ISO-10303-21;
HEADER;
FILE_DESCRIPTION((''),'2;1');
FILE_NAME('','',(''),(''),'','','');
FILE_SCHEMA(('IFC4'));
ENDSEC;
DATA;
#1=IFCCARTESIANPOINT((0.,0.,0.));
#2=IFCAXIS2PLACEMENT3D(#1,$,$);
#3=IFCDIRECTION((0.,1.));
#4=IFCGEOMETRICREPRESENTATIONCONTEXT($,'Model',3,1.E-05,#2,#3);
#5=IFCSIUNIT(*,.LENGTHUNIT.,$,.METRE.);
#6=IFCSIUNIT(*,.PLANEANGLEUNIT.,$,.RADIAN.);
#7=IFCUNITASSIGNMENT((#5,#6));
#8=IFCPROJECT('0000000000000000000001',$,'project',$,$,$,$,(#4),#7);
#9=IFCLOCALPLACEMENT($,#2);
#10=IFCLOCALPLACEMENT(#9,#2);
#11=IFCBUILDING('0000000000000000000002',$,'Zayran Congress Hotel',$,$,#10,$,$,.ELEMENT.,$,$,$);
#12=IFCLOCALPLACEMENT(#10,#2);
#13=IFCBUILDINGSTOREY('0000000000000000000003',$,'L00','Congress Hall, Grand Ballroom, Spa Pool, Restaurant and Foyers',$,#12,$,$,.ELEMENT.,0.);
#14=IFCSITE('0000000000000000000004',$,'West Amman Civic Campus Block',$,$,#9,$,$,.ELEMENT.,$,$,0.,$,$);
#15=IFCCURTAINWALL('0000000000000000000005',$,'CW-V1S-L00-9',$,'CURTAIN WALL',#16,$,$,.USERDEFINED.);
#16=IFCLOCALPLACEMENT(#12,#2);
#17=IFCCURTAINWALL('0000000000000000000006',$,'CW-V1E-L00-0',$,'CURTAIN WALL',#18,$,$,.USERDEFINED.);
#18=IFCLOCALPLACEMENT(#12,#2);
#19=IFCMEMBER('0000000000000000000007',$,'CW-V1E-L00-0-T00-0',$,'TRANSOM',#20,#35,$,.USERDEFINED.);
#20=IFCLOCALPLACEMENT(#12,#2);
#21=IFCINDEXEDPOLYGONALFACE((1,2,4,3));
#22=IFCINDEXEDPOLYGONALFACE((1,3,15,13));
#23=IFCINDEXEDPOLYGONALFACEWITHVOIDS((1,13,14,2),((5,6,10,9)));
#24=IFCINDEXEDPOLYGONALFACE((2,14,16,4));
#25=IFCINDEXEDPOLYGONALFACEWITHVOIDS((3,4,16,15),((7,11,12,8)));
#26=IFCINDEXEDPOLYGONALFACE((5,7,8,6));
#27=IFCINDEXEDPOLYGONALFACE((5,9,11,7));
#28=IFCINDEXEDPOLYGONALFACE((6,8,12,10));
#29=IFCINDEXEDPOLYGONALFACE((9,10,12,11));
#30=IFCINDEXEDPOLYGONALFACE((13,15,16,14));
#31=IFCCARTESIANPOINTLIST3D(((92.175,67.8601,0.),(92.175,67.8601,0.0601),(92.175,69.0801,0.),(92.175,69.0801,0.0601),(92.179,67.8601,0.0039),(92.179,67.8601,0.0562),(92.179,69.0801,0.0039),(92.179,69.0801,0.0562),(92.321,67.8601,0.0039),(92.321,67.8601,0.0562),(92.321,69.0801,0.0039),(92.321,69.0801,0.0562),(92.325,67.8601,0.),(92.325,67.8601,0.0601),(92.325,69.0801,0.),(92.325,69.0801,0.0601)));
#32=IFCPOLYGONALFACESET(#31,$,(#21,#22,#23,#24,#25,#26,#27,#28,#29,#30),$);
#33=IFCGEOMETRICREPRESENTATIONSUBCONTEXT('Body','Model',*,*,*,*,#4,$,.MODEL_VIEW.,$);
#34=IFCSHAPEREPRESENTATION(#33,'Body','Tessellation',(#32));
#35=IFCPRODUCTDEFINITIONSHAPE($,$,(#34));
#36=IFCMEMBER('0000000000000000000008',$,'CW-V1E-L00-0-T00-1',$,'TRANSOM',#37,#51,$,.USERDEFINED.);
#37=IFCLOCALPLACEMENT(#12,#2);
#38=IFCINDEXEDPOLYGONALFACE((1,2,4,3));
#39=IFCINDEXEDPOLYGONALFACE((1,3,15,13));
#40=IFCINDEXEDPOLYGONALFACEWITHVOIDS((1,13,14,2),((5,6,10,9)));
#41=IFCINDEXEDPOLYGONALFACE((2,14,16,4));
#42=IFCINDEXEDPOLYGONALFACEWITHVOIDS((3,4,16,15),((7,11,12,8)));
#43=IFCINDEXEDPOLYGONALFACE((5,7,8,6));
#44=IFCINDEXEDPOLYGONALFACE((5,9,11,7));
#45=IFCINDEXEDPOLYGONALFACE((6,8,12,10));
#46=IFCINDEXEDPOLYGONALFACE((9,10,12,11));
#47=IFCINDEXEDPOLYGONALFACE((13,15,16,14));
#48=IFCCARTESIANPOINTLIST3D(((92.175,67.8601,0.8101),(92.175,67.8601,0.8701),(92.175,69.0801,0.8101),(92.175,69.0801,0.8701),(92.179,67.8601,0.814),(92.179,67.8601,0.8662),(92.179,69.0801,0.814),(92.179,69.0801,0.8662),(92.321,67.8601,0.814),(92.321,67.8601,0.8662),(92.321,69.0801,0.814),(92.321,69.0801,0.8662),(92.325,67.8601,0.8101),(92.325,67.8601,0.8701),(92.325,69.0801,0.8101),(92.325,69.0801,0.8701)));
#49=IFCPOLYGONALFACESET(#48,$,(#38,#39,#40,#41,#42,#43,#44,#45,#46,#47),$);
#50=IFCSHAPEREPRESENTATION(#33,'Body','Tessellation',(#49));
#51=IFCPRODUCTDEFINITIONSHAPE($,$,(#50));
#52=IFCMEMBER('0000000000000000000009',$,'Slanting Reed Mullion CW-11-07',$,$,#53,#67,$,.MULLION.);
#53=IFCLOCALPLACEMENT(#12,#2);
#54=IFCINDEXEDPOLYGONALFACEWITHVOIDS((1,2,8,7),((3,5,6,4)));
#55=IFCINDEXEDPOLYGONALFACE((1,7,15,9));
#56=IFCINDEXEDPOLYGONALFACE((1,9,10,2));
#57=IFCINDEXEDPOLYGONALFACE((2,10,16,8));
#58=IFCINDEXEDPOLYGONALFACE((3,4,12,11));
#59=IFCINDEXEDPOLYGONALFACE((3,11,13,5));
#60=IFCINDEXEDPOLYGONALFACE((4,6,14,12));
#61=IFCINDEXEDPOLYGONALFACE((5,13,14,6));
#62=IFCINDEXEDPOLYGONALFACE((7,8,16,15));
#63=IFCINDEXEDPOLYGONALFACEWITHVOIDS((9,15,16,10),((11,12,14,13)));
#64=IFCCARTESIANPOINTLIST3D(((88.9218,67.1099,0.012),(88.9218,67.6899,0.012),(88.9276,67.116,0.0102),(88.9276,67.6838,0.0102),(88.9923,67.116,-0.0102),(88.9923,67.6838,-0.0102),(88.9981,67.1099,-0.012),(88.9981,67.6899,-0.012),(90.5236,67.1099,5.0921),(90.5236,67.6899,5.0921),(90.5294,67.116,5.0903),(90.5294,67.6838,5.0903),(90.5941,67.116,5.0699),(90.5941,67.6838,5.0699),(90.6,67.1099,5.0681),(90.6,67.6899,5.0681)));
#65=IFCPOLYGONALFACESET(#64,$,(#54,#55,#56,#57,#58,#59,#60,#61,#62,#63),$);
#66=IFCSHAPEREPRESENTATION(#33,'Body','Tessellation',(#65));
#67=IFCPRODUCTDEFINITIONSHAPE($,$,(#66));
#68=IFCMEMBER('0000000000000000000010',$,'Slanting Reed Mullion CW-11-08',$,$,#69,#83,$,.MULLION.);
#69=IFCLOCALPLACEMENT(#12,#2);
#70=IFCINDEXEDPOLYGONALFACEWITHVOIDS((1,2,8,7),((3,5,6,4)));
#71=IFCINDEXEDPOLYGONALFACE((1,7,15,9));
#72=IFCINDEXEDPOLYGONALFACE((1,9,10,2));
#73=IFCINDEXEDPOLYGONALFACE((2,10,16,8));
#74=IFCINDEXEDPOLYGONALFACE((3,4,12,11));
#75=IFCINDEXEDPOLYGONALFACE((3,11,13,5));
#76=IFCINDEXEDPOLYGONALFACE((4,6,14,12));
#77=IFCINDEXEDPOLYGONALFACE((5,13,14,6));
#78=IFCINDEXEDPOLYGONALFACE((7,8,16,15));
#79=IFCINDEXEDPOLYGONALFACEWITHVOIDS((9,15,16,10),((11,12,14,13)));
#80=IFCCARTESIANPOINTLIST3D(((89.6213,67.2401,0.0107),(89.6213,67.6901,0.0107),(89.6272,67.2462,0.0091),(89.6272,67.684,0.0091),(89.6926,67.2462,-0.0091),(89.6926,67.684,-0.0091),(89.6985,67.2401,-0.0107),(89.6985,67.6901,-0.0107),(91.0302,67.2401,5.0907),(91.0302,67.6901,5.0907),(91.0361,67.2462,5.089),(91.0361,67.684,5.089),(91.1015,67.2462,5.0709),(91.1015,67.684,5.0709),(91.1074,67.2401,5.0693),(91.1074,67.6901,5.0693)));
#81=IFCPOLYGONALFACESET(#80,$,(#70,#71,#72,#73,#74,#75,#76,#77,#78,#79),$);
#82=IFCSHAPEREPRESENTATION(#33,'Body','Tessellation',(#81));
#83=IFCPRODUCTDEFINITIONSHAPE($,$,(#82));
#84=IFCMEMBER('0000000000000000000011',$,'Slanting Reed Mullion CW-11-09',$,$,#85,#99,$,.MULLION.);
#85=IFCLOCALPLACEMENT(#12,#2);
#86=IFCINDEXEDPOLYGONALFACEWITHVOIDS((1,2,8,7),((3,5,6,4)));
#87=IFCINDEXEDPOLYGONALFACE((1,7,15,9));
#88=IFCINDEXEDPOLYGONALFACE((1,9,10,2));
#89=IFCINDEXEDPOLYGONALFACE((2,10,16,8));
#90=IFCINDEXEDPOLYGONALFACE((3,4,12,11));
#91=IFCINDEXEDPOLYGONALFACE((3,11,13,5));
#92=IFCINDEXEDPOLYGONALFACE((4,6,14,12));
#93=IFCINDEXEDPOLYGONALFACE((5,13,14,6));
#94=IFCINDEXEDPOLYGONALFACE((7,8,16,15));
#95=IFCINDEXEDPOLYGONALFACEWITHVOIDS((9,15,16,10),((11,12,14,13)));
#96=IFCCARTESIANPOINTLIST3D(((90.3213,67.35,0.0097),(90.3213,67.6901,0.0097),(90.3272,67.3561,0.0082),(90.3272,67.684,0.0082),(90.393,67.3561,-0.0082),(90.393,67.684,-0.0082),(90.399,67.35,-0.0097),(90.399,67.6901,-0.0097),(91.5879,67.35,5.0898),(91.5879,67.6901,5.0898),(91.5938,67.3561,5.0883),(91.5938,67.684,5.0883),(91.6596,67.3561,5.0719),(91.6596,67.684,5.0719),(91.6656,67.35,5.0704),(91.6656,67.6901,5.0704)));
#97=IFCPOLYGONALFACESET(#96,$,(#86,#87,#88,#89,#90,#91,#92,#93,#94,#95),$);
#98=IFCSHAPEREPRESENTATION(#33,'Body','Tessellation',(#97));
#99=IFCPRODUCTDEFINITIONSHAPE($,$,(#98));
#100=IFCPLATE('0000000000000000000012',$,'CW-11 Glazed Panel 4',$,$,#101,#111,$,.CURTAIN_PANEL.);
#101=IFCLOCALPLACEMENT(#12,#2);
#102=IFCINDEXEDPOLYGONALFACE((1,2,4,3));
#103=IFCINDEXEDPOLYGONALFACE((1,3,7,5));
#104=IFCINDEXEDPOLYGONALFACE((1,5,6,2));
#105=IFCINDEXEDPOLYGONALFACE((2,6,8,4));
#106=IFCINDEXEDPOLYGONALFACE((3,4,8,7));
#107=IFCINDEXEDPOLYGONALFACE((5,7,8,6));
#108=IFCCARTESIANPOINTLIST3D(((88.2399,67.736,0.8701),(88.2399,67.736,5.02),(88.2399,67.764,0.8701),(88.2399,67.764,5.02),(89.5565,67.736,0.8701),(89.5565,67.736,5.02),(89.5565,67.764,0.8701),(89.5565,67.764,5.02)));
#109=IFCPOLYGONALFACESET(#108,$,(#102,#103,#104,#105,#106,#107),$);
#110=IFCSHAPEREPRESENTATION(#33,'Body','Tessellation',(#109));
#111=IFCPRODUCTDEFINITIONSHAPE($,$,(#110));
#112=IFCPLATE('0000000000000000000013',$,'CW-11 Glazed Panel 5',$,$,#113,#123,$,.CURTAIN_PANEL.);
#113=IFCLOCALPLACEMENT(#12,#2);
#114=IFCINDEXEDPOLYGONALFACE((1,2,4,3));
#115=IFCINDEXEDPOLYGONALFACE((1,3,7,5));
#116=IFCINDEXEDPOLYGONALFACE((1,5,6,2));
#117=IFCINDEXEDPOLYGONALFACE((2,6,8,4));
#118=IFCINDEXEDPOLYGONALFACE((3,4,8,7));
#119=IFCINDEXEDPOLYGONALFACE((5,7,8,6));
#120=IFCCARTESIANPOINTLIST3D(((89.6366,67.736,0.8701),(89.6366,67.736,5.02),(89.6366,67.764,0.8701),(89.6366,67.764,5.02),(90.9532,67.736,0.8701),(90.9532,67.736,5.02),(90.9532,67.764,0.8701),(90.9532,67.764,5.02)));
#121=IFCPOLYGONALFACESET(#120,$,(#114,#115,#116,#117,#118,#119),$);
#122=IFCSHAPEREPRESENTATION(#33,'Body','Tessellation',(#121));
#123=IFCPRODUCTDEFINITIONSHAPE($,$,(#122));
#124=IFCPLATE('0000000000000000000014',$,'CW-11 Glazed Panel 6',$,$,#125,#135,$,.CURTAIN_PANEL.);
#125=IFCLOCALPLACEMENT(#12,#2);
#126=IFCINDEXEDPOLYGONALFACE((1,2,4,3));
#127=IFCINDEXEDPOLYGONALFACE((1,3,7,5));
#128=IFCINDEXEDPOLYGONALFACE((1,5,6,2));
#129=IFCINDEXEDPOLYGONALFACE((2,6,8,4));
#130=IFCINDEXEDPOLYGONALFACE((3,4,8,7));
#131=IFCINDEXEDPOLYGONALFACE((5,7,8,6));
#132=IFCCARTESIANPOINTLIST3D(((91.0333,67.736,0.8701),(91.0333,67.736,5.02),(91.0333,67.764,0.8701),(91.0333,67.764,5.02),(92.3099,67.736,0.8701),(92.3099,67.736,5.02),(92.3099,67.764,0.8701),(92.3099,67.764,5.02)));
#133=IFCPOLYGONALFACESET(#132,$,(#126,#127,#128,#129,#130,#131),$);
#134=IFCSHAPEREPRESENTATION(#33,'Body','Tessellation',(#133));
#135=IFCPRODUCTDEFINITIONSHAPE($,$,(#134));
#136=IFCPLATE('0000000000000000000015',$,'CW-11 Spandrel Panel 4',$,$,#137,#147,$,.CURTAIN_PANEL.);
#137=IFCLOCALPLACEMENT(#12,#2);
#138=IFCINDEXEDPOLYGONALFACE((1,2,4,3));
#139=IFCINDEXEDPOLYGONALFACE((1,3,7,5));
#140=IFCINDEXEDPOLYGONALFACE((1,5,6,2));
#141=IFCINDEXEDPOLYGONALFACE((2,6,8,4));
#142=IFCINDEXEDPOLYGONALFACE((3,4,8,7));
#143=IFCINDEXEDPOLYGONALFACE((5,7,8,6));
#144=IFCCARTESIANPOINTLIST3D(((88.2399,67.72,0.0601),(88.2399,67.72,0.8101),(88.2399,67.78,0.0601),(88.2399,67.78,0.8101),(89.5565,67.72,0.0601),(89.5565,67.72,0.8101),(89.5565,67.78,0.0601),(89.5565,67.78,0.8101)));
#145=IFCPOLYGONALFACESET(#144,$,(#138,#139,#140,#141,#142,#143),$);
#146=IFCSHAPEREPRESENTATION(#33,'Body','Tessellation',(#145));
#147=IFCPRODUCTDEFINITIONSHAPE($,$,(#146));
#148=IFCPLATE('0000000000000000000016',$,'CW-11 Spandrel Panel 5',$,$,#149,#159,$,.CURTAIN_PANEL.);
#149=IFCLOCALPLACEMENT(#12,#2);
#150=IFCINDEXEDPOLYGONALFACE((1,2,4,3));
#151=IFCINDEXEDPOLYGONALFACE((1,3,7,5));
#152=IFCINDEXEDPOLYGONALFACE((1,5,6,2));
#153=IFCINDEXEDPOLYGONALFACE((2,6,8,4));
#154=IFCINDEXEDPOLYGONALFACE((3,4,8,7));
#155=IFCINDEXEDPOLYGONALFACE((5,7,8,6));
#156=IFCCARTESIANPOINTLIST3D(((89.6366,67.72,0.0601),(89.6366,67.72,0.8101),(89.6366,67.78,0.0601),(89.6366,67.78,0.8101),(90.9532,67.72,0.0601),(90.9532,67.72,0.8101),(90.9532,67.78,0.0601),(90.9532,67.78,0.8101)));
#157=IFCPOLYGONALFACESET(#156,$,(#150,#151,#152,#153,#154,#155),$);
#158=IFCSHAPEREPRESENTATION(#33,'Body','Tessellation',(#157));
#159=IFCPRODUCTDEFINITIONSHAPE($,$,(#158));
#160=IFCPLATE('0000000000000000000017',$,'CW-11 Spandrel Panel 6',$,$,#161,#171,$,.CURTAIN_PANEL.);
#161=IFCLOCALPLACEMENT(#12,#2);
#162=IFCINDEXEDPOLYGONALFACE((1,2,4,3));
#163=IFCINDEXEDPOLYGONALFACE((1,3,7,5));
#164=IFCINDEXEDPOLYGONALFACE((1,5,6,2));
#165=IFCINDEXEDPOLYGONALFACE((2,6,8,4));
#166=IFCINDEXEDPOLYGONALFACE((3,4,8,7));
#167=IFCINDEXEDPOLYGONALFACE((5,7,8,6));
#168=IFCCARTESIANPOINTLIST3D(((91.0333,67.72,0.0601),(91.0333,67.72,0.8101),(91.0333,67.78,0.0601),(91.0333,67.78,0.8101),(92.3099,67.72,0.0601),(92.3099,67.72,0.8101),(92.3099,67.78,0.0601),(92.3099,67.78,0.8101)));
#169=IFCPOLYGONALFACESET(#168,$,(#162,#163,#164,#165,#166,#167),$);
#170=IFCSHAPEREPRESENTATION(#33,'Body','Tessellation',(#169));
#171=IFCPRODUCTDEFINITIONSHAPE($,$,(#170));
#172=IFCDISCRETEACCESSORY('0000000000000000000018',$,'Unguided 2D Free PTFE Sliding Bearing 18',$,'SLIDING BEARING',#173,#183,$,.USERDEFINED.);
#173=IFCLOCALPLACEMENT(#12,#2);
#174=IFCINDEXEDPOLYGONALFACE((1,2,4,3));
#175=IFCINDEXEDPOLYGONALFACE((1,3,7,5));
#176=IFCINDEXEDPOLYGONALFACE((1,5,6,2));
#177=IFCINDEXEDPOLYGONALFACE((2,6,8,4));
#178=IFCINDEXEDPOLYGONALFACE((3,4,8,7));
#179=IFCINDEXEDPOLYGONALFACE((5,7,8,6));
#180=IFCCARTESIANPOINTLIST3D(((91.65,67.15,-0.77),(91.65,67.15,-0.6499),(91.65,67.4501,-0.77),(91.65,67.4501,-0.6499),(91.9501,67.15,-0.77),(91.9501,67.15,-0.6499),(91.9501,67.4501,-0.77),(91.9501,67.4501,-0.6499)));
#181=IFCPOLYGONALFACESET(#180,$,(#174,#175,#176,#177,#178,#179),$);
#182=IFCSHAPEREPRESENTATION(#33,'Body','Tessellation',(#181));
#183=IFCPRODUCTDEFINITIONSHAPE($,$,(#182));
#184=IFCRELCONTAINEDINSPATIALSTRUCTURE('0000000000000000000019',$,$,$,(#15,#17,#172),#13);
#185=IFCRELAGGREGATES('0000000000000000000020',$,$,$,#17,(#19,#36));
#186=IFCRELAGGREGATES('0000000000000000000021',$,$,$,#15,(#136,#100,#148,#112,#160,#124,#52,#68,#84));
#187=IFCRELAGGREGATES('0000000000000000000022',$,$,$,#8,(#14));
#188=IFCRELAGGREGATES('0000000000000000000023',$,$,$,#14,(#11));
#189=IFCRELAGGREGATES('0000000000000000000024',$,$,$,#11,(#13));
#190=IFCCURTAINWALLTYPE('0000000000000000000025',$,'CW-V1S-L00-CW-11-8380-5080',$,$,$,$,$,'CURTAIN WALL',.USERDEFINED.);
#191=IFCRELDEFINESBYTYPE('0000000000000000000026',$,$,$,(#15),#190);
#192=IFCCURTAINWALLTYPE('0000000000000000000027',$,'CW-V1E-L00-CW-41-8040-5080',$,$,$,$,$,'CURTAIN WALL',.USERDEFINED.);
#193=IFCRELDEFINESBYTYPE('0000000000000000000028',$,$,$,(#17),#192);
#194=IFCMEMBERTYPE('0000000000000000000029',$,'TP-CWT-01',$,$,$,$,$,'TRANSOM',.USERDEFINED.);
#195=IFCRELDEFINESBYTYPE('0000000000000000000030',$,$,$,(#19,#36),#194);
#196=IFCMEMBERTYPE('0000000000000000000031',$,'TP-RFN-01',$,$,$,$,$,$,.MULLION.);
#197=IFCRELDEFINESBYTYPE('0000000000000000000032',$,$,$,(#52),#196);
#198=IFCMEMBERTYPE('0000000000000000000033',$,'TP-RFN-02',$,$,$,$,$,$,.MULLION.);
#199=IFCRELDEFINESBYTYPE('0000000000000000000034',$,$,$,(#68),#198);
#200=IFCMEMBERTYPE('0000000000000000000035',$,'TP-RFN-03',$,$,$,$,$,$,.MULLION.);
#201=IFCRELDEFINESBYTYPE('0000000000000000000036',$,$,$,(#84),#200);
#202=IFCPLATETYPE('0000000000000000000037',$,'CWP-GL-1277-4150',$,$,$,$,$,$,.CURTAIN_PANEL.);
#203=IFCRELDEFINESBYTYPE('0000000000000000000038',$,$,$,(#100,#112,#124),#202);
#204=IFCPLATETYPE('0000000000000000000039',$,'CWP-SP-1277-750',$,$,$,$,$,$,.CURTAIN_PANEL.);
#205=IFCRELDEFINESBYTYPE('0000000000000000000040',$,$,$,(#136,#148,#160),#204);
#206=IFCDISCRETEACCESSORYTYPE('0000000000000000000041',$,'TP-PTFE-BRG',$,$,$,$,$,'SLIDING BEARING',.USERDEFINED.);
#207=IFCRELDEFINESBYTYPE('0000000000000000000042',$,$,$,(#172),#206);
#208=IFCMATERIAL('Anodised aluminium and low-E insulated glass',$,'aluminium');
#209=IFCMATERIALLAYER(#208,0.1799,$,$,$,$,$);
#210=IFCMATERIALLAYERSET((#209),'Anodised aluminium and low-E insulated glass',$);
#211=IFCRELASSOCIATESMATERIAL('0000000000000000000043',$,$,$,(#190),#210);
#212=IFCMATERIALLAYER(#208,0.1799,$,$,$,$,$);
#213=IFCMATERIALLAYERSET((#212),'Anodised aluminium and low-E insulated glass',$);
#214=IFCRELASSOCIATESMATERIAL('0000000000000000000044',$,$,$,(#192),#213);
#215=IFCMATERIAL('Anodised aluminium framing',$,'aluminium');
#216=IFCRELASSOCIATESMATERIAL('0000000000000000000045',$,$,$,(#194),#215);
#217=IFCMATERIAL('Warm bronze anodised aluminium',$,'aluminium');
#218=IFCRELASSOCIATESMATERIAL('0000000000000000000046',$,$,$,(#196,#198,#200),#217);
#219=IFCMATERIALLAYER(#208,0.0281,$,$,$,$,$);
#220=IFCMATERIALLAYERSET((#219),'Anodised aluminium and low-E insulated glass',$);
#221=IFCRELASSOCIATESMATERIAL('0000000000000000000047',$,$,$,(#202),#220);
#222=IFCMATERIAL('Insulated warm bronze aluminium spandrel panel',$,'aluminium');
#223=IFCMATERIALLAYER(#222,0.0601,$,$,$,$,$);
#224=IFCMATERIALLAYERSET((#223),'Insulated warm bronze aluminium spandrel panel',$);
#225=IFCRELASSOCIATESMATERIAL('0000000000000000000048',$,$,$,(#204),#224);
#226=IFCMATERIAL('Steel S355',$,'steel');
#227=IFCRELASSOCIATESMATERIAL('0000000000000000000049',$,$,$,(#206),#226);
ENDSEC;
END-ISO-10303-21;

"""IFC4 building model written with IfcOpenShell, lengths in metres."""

from ifc_helpers import new_model, si_unit, direction, frame, origin, origin_2d, place, context, subcontext, project, spatial, rectangle, hollow_rectangle, extrude, material, layer, layer_set, material_profile, profile_set, type_object, element, aggregate, save


model = new_model("IFC4")

# Units and contexts
model_context = context("Model", 3, precision=1e-05, world=origin(), true_north=direction((0.0, 1.0)))
body_context = subcontext(model_context, "Body", "Model", "MODEL_VIEW")
ifc_project = project(units=[si_unit("LENGTHUNIT", "METRE"), si_unit("PLANEANGLEUNIT", "RADIAN")], contexts=[model_context])

# Site, building, storey
site_placement = place(None, origin())
site = spatial("IfcSite", under=ifc_project, at=site_placement, Name="West Amman Civic Campus Block", CompositionType="ELEMENT", RefElevation=0.0)
building_placement = place(site_placement, origin())
building = spatial("IfcBuilding", under=site, at=building_placement, Name="Zayran Congress Hotel", CompositionType="ELEMENT")
storey_placement = place(building_placement, origin())
storey = spatial("IfcBuildingStorey", under=building, at=storey_placement, Name="L00", Description="Congress Hall, Grand Ballroom, Spa Pool, Restaurant and Foyers", CompositionType="ELEMENT", Elevation=0.0)

# Curtain wall
ifc_material_1 = material(Name="Anodised aluminium and low-E insulated glass", Category="aluminium")
ifc_layer_1 = layer(ifc_material_1, 0.1799)
ifc_layer_set_1 = layer_set([ifc_layer_1], Name="Anodised aluminium and low-E insulated glass")
curtain_wall_type_1 = type_object("IfcCurtainWallType", Name="CW-V1S-L00-CW-11-8380-5080", ElementType="CURTAIN WALL", PredefinedType="USERDEFINED", material=ifc_layer_set_1)
curtain_wall_1_placement = place(storey_placement, origin())
curtain_wall_1 = element("IfcCurtainWall", 1, at=curtain_wall_1_placement, inside=storey, type_object=curtain_wall_type_1, Name="CW-V1S-L00-9", ObjectType="CURTAIN WALL", PredefinedType="USERDEFINED")
ifc_material_2 = material(Name="Anodised aluminium framing", Category="aluminium")

# Curtain wall
ifc_layer_2 = layer(ifc_material_1, 0.1799)
ifc_layer_set_2 = layer_set([ifc_layer_2], Name="Anodised aluminium and low-E insulated glass")
curtain_wall_type_2 = type_object("IfcCurtainWallType", Name="CW-V1E-L00-CW-41-8040-5080", ElementType="CURTAIN WALL", PredefinedType="USERDEFINED", material=ifc_layer_set_2)
curtain_wall_2_placement = place(storey_placement, origin())
curtain_wall_2 = element("IfcCurtainWall", 2, at=curtain_wall_2_placement, inside=storey, type_object=curtain_wall_type_2, Name="CW-V1E-L00-0", ObjectType="CURTAIN WALL", PredefinedType="USERDEFINED")

# Members
ifc_material_profile_1 = material_profile(ifc_material_2, hollow_rectangle(XDim=0.0601, YDim=0.1499, WallThickness=0.0039, at=origin_2d()), Name="RHS 150x60x4")
ifc_profile_set_1 = profile_set([ifc_material_profile_1], Name="Anodised aluminium framing")
member_type_1 = type_object("IfcMemberType", Name="TP-CWT-01", ElementType="TRANSOM", PredefinedType="USERDEFINED", material=ifc_profile_set_1)
member_1_placement = place(storey_placement, frame((92.25, 67.8601, 0.03), z_axis=(0.0, 1.0, 0.0), x_axis=(0.0, 0.0, 1.0)))
member_1 = element("IfcMember", 3, at=member_1_placement, type_object=member_type_1, Name="CW-V1E-L00-0-T00-0", ObjectType="TRANSOM", PredefinedType="USERDEFINED", context=body_context, shape_type="SweptSolid", body=[
    extrude(hollow_rectangle(XDim=0.0601, YDim=0.1499, WallThickness=0.0039, at=origin_2d()), origin(), (0.0, 0.0, 1.0), 1.22),
])
member_2_placement = place(storey_placement, frame((92.25, 67.8601, 0.8401), z_axis=(0.0, 1.0, 0.0), x_axis=(0.0, 0.0, 1.0)))
member_2 = element("IfcMember", 4, at=member_2_placement, type_object=member_type_1, Name="CW-V1E-L00-0-T00-1", ObjectType="TRANSOM", PredefinedType="USERDEFINED", context=body_context, shape_type="SweptSolid", body=[
    extrude(hollow_rectangle(XDim=0.0601, YDim=0.1499, WallThickness=0.0039, at=origin_2d()), origin(), (0.0, 0.0, 1.0), 1.22),
])
aggregate(curtain_wall_2, [member_1, member_2])
ifc_material_3 = material(Name="Warm bronze anodised aluminium", Category="aluminium")
ifc_material_profile_2 = material_profile(ifc_material_3, hollow_rectangle(XDim=0.0801, YDim=0.5801, WallThickness=0.0061, at=origin_2d()), Name="RHS 580x80x6")
ifc_profile_set_2 = profile_set([ifc_material_profile_2], Name="Warm bronze anodised aluminium")
member_type_2 = type_object("IfcMemberType", Name="TP-RFN-01", PredefinedType="MULLION", material=ifc_profile_set_2)
member_3_placement = place(storey_placement, frame((88.96, 67.3999, 0.0), z_axis=(0.300717, 0.0, 0.953713), x_axis=(-0.953713, 0.0, 0.300717)))
member_3 = element("IfcMember", 5, at=member_3_placement, type_object=member_type_2, Name="Slanting Reed Mullion CW-11-07", PredefinedType="MULLION", context=body_context, shape_type="SweptSolid", body=[
    extrude(hollow_rectangle(XDim=0.0801, YDim=0.5801, WallThickness=0.0061, at=origin_2d()), origin(), (0.0, 0.0, 1.0), 5.3267),
])
ifc_material_profile_3 = material_profile(ifc_material_3, hollow_rectangle(XDim=0.0801, YDim=0.45, WallThickness=0.0061, at=origin_2d()), Name="RHS 450x80x6")
ifc_profile_set_3 = profile_set([ifc_material_profile_3], Name="Warm bronze anodised aluminium")
member_type_3 = type_object("IfcMemberType", Name="TP-RFN-02", PredefinedType="MULLION", material=ifc_profile_set_3)
member_4_placement = place(storey_placement, frame((89.6599, 67.4651, 0.0), z_axis=(0.267257, 0.0, 0.963625), x_axis=(-0.963625, 0.0, 0.267257)))
member_4 = element("IfcMember", 6, at=member_4_placement, type_object=member_type_3, Name="Slanting Reed Mullion CW-11-08", PredefinedType="MULLION", context=body_context, shape_type="SweptSolid", body=[
    extrude(hollow_rectangle(XDim=0.0801, YDim=0.45, WallThickness=0.0061, at=origin_2d()), origin(), (0.0, 0.0, 1.0), 5.2717),
])
ifc_material_profile_4 = material_profile(ifc_material_3, hollow_rectangle(XDim=0.0801, YDim=0.3401, WallThickness=0.0061, at=origin_2d()), Name="RHS 340x80x6")
ifc_profile_set_4 = profile_set([ifc_material_profile_4], Name="Warm bronze anodised aluminium")
member_type_4 = type_object("IfcMemberType", Name="TP-RFN-03", PredefinedType="MULLION", material=ifc_profile_set_4)
member_5_placement = place(storey_placement, frame((90.3601, 67.52, 0.0), z_axis=(0.241921, 0.0, 0.970296), x_axis=(-0.970296, 0.0, 0.241921)))
member_5 = element("IfcMember", 7, at=member_5_placement, type_object=member_type_4, Name="Slanting Reed Mullion CW-11-09", PredefinedType="MULLION", context=body_context, shape_type="SweptSolid", body=[
    extrude(hollow_rectangle(XDim=0.0801, YDim=0.3401, WallThickness=0.0061, at=origin_2d()), origin(), (0.0, 0.0, 1.0), 5.2356),
])

# Plates
ifc_layer_3 = layer(ifc_material_1, 0.0281)
ifc_layer_set_3 = layer_set([ifc_layer_3], Name="Anodised aluminium and low-E insulated glass")
plate_type_1 = type_object("IfcPlateType", Name="CWP-GL-1277-4150", PredefinedType="CURTAIN_PANEL", material=ifc_layer_set_3)
plate_1_placement = place(storey_placement, frame((88.8982, 67.75, 0.8701), z_axis=(0.0, 0.0, 1.0), x_axis=(1.0, 0.0, 0.0)))
plate_1 = element("IfcPlate", 8, at=plate_1_placement, type_object=plate_type_1, Name="CW-11 Glazed Panel 4", PredefinedType="CURTAIN_PANEL", context=body_context, shape_type="SweptSolid", body=[
    extrude(rectangle(XDim=1.3167, YDim=0.0281, at=origin_2d()), origin(), (0.0, 0.0, 1.0), 4.1499),
])
plate_2_placement = place(storey_placement, frame((90.2949, 67.75, 0.8701), z_axis=(0.0, 0.0, 1.0), x_axis=(1.0, 0.0, 0.0)))
plate_2 = element("IfcPlate", 9, at=plate_2_placement, type_object=plate_type_1, Name="CW-11 Glazed Panel 5", PredefinedType="CURTAIN_PANEL", context=body_context, shape_type="SweptSolid", body=[
    extrude(rectangle(XDim=1.3167, YDim=0.0281, at=origin_2d()), origin(), (0.0, 0.0, 1.0), 4.1499),
])
plate_3_placement = place(storey_placement, frame((91.6716, 67.75, 0.8701), z_axis=(0.0, 0.0, 1.0), x_axis=(1.0, 0.0, 0.0)))
plate_3 = element("IfcPlate", 10, at=plate_3_placement, type_object=plate_type_1, Name="CW-11 Glazed Panel 6", PredefinedType="CURTAIN_PANEL", context=body_context, shape_type="SweptSolid", body=[
    extrude(rectangle(XDim=1.2766, YDim=0.0281, at=origin_2d()), origin(), (0.0, 0.0, 1.0), 4.1499),
])
ifc_material_4 = material(Name="Insulated warm bronze aluminium spandrel panel", Category="aluminium")
ifc_layer_4 = layer(ifc_material_4, 0.0601)
ifc_layer_set_4 = layer_set([ifc_layer_4], Name="Insulated warm bronze aluminium spandrel panel")
plate_type_2 = type_object("IfcPlateType", Name="CWP-SP-1277-750", PredefinedType="CURTAIN_PANEL", material=ifc_layer_set_4)
plate_4_placement = place(storey_placement, frame((88.8982, 67.75, 0.0601), z_axis=(0.0, 0.0, 1.0), x_axis=(1.0, 0.0, 0.0)))
plate_4 = element("IfcPlate", 11, at=plate_4_placement, type_object=plate_type_2, Name="CW-11 Spandrel Panel 4", PredefinedType="CURTAIN_PANEL", context=body_context, shape_type="SweptSolid", body=[
    extrude(rectangle(XDim=1.3167, YDim=0.0601, at=origin_2d()), origin(), (0.0, 0.0, 1.0), 0.75),
])
plate_5_placement = place(storey_placement, frame((90.2949, 67.75, 0.0601), z_axis=(0.0, 0.0, 1.0), x_axis=(1.0, 0.0, 0.0)))
plate_5 = element("IfcPlate", 12, at=plate_5_placement, type_object=plate_type_2, Name="CW-11 Spandrel Panel 5", PredefinedType="CURTAIN_PANEL", context=body_context, shape_type="SweptSolid", body=[
    extrude(rectangle(XDim=1.3167, YDim=0.0601, at=origin_2d()), origin(), (0.0, 0.0, 1.0), 0.75),
])
plate_6_placement = place(storey_placement, frame((91.6716, 67.75, 0.0601), z_axis=(0.0, 0.0, 1.0), x_axis=(1.0, 0.0, 0.0)))
plate_6 = element("IfcPlate", 13, at=plate_6_placement, type_object=plate_type_2, Name="CW-11 Spandrel Panel 6", PredefinedType="CURTAIN_PANEL", context=body_context, shape_type="SweptSolid", body=[
    extrude(rectangle(XDim=1.2766, YDim=0.0601, at=origin_2d()), origin(), (0.0, 0.0, 1.0), 0.75),
])
aggregate(curtain_wall_1, [plate_4, plate_1, plate_5, plate_2, plate_6, plate_3, member_3, member_4, member_5])

# Discrete accessory
ifc_material_5 = material(Name="Steel S355", Category="steel")
discrete_accessory_type_1 = type_object("IfcDiscreteAccessoryType", Name="TP-PTFE-BRG", ElementType="SLIDING BEARING", PredefinedType="USERDEFINED", material=ifc_material_5)
discrete_accessory_1_placement = place(storey_placement, frame((91.8, 67.3, -0.77), z_axis=(0.0, 0.0, 1.0), x_axis=(1.0, 0.0, 0.0)))
element("IfcDiscreteAccessory", 14, at=discrete_accessory_1_placement, inside=storey, type_object=discrete_accessory_type_1, Name="Unguided 2D Free PTFE Sliding Bearing 18", ObjectType="SLIDING BEARING", PredefinedType="USERDEFINED", context=body_context, shape_type="SweptSolid", body=[
    extrude(rectangle(XDim=0.3, YDim=0.3, at=origin_2d()), origin(), (0.0, 0.0, 1.0), 0.1201),
])

save(model, "model.ifc")
